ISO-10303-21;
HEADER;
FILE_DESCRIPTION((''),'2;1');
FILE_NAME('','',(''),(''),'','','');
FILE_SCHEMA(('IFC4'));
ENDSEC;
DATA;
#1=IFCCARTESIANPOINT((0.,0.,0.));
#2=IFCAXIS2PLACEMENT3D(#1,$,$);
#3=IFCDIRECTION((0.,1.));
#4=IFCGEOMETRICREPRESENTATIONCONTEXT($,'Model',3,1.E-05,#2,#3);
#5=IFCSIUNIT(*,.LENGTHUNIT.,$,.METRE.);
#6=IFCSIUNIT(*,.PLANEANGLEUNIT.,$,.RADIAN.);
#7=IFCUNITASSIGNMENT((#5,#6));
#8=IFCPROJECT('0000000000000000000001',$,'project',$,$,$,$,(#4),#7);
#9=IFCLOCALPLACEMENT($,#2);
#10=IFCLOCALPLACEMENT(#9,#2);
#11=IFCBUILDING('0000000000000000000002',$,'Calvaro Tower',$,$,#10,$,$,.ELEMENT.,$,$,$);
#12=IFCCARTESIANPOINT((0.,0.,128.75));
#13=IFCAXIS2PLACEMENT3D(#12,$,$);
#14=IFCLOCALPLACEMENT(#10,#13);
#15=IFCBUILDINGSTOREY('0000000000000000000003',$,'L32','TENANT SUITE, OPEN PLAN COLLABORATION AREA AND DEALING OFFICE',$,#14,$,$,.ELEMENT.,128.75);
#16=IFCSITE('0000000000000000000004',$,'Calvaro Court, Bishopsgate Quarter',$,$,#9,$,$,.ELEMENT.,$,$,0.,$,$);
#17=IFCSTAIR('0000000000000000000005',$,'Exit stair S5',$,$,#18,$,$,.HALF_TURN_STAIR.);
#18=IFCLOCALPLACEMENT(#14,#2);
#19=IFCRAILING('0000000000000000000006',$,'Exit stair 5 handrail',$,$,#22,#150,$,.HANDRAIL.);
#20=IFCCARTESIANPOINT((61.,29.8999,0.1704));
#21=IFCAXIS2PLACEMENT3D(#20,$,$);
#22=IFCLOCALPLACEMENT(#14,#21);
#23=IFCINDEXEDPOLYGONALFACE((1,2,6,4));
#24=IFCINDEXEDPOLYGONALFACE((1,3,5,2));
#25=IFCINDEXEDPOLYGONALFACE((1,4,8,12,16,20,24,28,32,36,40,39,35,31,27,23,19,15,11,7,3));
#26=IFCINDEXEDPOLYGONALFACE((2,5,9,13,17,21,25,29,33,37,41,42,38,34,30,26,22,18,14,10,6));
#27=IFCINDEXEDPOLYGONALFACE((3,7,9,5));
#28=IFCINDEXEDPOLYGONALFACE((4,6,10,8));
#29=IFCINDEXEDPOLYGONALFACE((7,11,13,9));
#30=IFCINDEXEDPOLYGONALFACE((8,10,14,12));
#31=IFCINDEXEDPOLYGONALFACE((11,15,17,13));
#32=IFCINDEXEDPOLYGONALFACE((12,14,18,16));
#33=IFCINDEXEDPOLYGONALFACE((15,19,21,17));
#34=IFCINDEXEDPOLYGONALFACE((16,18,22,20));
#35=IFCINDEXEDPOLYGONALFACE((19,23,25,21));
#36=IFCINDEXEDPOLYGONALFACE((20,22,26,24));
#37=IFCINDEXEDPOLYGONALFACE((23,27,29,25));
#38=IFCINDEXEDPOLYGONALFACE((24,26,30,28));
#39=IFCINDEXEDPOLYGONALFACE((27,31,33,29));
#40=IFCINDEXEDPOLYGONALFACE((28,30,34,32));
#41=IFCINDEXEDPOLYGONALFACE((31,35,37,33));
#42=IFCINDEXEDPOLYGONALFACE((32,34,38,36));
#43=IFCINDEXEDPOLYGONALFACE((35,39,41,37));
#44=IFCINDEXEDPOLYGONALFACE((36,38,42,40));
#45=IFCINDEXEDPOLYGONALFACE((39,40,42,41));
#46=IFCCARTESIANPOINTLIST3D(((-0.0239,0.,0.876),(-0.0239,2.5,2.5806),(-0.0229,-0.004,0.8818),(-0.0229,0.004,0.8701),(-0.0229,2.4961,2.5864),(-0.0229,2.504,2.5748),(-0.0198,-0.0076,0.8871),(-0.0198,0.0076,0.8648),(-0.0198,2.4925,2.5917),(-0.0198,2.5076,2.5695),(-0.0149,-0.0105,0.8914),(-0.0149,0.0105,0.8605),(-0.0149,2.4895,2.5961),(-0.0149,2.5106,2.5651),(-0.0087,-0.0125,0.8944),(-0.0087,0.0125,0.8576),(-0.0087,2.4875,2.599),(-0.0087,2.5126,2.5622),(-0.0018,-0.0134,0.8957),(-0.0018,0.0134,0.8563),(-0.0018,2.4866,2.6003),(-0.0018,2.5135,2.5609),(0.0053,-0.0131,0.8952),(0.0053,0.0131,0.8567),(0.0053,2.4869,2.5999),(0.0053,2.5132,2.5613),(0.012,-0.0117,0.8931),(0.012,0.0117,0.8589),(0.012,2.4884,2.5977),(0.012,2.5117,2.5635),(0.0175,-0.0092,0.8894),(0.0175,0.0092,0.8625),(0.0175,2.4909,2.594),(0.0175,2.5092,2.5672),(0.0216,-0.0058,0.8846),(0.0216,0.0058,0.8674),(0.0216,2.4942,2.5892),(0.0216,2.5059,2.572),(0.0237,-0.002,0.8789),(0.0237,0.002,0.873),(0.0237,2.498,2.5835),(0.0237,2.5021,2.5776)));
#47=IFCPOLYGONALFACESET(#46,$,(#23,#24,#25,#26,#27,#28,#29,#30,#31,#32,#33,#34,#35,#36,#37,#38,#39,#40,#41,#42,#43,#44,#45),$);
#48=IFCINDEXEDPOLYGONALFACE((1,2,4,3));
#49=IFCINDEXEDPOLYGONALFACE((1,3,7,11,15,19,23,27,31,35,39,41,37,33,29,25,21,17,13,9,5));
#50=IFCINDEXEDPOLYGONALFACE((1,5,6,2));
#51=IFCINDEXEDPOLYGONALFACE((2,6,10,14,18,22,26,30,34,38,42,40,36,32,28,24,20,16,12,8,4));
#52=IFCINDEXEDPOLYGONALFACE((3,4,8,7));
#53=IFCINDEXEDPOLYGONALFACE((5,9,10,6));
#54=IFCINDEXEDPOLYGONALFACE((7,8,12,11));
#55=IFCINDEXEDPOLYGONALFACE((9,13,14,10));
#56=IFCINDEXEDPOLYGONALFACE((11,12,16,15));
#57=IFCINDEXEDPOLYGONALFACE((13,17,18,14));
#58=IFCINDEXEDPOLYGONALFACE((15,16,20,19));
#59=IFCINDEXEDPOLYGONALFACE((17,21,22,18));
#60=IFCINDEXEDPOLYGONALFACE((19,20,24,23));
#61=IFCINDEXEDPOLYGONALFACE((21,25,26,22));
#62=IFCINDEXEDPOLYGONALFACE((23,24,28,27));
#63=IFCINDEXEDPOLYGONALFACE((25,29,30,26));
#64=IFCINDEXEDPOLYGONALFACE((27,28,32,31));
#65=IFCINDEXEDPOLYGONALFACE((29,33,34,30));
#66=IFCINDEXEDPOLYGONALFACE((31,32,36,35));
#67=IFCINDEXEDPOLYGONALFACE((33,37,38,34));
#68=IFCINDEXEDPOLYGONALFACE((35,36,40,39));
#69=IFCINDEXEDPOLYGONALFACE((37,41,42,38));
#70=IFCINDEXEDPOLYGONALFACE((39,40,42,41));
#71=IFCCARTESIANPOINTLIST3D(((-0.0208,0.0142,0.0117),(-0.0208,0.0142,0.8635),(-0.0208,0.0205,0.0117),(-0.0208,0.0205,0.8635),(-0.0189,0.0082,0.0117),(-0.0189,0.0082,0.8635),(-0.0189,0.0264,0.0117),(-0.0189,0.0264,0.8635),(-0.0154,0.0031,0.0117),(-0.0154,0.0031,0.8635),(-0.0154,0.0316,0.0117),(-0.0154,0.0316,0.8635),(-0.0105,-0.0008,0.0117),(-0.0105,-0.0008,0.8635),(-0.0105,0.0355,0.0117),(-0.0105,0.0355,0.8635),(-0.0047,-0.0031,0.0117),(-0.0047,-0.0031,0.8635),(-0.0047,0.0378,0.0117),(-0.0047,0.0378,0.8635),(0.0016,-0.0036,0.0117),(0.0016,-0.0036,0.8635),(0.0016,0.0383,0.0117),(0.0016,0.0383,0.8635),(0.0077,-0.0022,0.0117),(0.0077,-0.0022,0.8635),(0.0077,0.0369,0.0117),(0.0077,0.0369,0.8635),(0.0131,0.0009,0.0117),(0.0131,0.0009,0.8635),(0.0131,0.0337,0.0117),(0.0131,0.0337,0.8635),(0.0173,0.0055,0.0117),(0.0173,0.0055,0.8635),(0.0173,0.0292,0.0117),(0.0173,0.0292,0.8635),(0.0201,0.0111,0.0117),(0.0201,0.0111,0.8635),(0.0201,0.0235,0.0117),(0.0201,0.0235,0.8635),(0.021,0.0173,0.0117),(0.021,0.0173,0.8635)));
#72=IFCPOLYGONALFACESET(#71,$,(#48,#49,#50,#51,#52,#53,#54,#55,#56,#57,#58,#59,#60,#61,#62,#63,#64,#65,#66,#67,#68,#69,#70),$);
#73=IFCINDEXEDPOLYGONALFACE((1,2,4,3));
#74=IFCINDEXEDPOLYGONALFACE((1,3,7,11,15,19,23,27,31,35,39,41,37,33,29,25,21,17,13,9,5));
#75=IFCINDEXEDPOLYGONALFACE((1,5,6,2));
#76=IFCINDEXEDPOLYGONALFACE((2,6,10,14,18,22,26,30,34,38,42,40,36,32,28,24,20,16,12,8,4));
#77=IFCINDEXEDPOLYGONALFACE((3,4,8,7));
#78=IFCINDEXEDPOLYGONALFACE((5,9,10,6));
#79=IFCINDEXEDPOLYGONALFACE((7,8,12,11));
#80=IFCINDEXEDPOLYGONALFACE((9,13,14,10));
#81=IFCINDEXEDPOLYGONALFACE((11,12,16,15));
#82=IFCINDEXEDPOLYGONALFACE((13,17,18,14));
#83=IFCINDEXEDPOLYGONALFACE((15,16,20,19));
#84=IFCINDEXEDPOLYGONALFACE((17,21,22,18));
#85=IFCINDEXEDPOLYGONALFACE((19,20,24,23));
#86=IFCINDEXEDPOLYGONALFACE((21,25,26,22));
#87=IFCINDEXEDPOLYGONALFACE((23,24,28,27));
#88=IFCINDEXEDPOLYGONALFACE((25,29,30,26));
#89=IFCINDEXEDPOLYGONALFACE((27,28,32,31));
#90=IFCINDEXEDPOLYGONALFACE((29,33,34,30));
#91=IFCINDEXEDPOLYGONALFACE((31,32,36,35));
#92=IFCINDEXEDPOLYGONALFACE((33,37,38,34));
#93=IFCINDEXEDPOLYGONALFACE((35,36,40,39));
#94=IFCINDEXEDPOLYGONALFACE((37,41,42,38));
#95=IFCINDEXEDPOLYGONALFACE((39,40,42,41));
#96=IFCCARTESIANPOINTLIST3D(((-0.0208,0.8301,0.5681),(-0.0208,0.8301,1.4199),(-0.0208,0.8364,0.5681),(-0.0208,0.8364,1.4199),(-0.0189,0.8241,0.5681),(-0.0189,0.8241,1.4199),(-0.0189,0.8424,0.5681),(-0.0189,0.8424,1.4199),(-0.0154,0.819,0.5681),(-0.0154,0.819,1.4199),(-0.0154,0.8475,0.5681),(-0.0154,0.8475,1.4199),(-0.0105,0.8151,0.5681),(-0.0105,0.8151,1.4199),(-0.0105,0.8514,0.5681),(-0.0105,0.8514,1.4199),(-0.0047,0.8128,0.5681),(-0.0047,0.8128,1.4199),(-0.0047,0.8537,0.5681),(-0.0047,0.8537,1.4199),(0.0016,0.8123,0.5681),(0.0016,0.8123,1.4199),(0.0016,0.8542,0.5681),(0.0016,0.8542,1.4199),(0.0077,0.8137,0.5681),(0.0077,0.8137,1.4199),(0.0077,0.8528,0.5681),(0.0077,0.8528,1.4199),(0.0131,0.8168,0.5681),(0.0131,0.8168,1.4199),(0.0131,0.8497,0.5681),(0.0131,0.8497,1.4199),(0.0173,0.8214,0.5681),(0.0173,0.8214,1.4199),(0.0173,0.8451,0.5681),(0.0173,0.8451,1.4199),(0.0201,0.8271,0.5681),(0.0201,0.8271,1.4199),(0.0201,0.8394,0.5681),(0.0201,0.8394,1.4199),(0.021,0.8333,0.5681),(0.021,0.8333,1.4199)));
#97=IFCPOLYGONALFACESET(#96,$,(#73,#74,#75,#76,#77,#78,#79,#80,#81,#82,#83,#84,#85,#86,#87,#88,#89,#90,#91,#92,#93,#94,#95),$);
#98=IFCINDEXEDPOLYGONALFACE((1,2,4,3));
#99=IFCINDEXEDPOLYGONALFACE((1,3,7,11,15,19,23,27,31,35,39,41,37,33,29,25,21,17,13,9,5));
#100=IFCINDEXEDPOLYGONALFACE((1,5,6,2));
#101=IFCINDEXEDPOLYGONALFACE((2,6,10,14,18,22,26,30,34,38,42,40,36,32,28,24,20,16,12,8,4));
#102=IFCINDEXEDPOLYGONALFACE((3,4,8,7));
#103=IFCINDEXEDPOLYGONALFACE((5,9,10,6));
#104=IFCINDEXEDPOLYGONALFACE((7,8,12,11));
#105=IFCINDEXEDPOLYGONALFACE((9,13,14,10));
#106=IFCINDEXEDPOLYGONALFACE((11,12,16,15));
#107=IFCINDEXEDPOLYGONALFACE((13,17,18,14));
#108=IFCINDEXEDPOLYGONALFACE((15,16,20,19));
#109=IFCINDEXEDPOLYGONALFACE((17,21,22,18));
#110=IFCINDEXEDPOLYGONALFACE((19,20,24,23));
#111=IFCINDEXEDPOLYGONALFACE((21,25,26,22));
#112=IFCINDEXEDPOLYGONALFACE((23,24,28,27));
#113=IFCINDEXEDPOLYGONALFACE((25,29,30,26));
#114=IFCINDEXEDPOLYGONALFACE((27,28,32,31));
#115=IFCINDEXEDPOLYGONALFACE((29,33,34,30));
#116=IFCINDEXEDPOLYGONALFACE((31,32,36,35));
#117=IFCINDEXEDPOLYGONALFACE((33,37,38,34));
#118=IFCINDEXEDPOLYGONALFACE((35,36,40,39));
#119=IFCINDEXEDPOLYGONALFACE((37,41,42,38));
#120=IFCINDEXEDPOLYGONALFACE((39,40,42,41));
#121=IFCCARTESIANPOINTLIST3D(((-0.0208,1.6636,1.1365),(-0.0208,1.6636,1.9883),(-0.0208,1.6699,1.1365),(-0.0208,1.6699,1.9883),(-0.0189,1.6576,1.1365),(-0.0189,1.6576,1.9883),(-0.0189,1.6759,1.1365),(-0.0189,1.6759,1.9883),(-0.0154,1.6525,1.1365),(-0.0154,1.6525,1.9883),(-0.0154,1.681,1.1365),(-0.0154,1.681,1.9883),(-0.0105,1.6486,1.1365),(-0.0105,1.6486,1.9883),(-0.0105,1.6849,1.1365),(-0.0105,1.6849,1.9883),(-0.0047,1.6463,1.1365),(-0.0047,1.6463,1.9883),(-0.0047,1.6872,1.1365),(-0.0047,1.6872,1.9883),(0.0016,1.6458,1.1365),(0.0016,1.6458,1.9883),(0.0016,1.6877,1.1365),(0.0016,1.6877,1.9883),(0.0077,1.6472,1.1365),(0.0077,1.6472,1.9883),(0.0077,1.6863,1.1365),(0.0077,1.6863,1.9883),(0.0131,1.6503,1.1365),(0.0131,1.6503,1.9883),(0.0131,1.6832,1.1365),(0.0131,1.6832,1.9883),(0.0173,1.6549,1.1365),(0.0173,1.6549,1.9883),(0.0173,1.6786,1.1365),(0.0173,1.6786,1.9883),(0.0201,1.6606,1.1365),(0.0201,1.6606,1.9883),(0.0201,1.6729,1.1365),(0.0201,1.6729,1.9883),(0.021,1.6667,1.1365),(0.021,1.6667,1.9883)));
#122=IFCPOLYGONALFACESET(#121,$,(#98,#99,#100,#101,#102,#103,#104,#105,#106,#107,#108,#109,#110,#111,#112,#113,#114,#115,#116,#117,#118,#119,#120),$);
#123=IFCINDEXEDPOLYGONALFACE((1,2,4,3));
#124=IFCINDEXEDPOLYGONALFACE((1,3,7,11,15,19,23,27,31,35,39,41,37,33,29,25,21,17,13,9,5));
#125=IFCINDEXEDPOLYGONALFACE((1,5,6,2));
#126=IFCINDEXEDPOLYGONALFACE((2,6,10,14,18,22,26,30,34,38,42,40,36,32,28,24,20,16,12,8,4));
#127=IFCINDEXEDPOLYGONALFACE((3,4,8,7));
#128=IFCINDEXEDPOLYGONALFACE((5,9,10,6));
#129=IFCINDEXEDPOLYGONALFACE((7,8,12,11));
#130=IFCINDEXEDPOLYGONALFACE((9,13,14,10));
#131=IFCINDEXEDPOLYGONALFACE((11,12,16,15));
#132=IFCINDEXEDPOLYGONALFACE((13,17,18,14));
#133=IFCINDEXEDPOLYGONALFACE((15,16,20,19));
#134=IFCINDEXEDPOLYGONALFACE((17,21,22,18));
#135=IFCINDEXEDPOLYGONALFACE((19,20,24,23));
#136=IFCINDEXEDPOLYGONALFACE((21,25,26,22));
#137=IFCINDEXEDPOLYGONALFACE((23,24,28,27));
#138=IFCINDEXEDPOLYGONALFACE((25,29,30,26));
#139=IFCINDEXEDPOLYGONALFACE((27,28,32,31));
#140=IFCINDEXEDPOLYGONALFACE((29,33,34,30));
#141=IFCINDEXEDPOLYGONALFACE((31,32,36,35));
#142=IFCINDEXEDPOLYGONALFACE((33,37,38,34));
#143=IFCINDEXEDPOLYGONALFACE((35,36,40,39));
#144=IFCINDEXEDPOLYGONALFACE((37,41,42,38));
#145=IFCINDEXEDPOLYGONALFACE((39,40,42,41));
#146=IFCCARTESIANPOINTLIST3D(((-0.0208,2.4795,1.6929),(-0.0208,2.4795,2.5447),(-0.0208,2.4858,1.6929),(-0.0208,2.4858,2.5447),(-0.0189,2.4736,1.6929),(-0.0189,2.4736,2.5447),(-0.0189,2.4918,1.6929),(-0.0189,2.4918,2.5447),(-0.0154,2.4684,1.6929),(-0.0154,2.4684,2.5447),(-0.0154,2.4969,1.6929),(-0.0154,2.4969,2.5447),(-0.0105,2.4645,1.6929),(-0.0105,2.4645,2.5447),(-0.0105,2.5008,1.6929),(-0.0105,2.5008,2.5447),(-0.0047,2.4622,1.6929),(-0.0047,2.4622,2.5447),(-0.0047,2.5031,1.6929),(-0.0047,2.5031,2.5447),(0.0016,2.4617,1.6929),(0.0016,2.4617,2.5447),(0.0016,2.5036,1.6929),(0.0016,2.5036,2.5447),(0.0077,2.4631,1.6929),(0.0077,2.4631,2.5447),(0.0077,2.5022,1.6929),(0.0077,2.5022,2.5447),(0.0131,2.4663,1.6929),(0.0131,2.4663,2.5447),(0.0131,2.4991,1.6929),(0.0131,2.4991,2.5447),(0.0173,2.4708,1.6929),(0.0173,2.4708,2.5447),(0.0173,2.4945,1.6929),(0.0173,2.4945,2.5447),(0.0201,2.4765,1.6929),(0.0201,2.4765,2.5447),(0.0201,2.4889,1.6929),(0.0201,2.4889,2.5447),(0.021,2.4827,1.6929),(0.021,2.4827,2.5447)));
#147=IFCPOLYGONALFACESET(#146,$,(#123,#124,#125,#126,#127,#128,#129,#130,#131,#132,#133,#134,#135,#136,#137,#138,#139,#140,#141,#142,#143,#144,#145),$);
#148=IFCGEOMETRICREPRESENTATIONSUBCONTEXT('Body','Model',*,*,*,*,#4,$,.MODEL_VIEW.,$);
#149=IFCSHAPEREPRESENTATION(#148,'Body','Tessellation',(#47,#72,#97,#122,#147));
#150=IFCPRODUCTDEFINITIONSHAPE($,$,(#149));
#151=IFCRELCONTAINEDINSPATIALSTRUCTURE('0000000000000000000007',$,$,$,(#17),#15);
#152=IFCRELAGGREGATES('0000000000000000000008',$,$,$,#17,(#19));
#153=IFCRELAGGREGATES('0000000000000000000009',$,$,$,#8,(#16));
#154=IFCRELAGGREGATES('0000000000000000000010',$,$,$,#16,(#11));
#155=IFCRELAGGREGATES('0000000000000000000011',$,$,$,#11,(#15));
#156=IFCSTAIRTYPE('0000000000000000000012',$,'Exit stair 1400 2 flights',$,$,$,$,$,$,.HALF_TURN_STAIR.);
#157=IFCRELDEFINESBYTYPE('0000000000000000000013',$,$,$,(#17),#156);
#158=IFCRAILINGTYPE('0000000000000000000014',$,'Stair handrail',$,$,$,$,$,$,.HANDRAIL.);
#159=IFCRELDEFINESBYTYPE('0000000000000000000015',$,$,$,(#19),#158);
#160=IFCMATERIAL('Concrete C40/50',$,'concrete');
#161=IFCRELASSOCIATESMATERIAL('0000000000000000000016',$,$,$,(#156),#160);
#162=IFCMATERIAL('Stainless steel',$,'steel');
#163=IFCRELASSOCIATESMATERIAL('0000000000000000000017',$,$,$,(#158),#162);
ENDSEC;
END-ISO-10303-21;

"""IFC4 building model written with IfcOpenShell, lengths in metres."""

from ifc_helpers import new_model, si_unit, direction, frame, origin, origin_2d, place, context, subcontext, project, spatial, circle, extrude, material, type_object, element, aggregate, save


model = new_model("IFC4")

# Units and contexts
model_context = context("Model", 3, precision=1e-05, world=origin(), true_north=direction((0.0, 1.0)))
body_context = subcontext(model_context, "Body", "Model", "MODEL_VIEW")
ifc_project = project(units=[si_unit("LENGTHUNIT", "METRE"), si_unit("PLANEANGLEUNIT", "RADIAN")], contexts=[model_context])

# Site, building, storey
site_placement = place(None, origin())
site = spatial("IfcSite", under=ifc_project, at=site_placement, Name="Calvaro Court, Bishopsgate Quarter", CompositionType="ELEMENT", RefElevation=0.0)
building_placement = place(site_placement, origin())
building = spatial("IfcBuilding", under=site, at=building_placement, Name="Calvaro Tower", CompositionType="ELEMENT")
storey_placement = place(building_placement, frame((0.0, 0.0, 128.75)))
storey = spatial("IfcBuildingStorey", under=building, at=storey_placement, Name="L32", Description="TENANT SUITE, OPEN PLAN COLLABORATION AREA AND DEALING OFFICE", CompositionType="ELEMENT", Elevation=128.75)

# Stair, railing
ifc_material_1 = material(Name="Concrete C40/50", Category="concrete")
stair_type = type_object("IfcStairType", Name="Exit stair 1400 2 flights", PredefinedType="HALF_TURN_STAIR", material=ifc_material_1)
stair_placement = place(storey_placement, origin())
stair = element("IfcStair", 1, at=stair_placement, inside=storey, type_object=stair_type, Name="Exit stair S5", PredefinedType="HALF_TURN_STAIR")
ifc_material_2 = material(Name="Stainless steel", Category="steel")
railing_type = type_object("IfcRailingType", Name="Stair handrail", PredefinedType="HANDRAIL", material=ifc_material_2)
railing_placement = place(storey_placement, frame((61.0, 29.8999, 0.1704)))
railing = element("IfcRailing", 2, at=railing_placement, type_object=railing_type, Name="Exit stair 5 handrail", PredefinedType="HANDRAIL", context=body_context, shape_type="SweptSolid", body=[
    extrude(circle(Radius=0.0239, at=origin_2d()), frame((0.0, 0.0, 0.876), z_axis=(0.0, 0.826221, 0.563347), x_axis=(-1.0, 0.0, 0.0)), (0.0, 0.0, 1.0), 3.0259),
    extrude(circle(Radius=0.021, at=origin_2d()), frame((0.0, 0.0173, 0.0117)), (0.0, 0.0, 1.0), 0.8518),
    extrude(circle(Radius=0.021, at=origin_2d()), frame((0.0, 0.8333, 0.5681)), (0.0, 0.0, 1.0), 0.8518),
    extrude(circle(Radius=0.021, at=origin_2d()), frame((0.0, 1.6667, 1.1365)), (0.0, 0.0, 1.0), 0.8518),
    extrude(circle(Radius=0.021, at=origin_2d()), frame((0.0, 2.4827, 1.6929)), (0.0, 0.0, 1.0), 0.8518),
])
aggregate(stair, [railing])

save(model, "model.ifc")
